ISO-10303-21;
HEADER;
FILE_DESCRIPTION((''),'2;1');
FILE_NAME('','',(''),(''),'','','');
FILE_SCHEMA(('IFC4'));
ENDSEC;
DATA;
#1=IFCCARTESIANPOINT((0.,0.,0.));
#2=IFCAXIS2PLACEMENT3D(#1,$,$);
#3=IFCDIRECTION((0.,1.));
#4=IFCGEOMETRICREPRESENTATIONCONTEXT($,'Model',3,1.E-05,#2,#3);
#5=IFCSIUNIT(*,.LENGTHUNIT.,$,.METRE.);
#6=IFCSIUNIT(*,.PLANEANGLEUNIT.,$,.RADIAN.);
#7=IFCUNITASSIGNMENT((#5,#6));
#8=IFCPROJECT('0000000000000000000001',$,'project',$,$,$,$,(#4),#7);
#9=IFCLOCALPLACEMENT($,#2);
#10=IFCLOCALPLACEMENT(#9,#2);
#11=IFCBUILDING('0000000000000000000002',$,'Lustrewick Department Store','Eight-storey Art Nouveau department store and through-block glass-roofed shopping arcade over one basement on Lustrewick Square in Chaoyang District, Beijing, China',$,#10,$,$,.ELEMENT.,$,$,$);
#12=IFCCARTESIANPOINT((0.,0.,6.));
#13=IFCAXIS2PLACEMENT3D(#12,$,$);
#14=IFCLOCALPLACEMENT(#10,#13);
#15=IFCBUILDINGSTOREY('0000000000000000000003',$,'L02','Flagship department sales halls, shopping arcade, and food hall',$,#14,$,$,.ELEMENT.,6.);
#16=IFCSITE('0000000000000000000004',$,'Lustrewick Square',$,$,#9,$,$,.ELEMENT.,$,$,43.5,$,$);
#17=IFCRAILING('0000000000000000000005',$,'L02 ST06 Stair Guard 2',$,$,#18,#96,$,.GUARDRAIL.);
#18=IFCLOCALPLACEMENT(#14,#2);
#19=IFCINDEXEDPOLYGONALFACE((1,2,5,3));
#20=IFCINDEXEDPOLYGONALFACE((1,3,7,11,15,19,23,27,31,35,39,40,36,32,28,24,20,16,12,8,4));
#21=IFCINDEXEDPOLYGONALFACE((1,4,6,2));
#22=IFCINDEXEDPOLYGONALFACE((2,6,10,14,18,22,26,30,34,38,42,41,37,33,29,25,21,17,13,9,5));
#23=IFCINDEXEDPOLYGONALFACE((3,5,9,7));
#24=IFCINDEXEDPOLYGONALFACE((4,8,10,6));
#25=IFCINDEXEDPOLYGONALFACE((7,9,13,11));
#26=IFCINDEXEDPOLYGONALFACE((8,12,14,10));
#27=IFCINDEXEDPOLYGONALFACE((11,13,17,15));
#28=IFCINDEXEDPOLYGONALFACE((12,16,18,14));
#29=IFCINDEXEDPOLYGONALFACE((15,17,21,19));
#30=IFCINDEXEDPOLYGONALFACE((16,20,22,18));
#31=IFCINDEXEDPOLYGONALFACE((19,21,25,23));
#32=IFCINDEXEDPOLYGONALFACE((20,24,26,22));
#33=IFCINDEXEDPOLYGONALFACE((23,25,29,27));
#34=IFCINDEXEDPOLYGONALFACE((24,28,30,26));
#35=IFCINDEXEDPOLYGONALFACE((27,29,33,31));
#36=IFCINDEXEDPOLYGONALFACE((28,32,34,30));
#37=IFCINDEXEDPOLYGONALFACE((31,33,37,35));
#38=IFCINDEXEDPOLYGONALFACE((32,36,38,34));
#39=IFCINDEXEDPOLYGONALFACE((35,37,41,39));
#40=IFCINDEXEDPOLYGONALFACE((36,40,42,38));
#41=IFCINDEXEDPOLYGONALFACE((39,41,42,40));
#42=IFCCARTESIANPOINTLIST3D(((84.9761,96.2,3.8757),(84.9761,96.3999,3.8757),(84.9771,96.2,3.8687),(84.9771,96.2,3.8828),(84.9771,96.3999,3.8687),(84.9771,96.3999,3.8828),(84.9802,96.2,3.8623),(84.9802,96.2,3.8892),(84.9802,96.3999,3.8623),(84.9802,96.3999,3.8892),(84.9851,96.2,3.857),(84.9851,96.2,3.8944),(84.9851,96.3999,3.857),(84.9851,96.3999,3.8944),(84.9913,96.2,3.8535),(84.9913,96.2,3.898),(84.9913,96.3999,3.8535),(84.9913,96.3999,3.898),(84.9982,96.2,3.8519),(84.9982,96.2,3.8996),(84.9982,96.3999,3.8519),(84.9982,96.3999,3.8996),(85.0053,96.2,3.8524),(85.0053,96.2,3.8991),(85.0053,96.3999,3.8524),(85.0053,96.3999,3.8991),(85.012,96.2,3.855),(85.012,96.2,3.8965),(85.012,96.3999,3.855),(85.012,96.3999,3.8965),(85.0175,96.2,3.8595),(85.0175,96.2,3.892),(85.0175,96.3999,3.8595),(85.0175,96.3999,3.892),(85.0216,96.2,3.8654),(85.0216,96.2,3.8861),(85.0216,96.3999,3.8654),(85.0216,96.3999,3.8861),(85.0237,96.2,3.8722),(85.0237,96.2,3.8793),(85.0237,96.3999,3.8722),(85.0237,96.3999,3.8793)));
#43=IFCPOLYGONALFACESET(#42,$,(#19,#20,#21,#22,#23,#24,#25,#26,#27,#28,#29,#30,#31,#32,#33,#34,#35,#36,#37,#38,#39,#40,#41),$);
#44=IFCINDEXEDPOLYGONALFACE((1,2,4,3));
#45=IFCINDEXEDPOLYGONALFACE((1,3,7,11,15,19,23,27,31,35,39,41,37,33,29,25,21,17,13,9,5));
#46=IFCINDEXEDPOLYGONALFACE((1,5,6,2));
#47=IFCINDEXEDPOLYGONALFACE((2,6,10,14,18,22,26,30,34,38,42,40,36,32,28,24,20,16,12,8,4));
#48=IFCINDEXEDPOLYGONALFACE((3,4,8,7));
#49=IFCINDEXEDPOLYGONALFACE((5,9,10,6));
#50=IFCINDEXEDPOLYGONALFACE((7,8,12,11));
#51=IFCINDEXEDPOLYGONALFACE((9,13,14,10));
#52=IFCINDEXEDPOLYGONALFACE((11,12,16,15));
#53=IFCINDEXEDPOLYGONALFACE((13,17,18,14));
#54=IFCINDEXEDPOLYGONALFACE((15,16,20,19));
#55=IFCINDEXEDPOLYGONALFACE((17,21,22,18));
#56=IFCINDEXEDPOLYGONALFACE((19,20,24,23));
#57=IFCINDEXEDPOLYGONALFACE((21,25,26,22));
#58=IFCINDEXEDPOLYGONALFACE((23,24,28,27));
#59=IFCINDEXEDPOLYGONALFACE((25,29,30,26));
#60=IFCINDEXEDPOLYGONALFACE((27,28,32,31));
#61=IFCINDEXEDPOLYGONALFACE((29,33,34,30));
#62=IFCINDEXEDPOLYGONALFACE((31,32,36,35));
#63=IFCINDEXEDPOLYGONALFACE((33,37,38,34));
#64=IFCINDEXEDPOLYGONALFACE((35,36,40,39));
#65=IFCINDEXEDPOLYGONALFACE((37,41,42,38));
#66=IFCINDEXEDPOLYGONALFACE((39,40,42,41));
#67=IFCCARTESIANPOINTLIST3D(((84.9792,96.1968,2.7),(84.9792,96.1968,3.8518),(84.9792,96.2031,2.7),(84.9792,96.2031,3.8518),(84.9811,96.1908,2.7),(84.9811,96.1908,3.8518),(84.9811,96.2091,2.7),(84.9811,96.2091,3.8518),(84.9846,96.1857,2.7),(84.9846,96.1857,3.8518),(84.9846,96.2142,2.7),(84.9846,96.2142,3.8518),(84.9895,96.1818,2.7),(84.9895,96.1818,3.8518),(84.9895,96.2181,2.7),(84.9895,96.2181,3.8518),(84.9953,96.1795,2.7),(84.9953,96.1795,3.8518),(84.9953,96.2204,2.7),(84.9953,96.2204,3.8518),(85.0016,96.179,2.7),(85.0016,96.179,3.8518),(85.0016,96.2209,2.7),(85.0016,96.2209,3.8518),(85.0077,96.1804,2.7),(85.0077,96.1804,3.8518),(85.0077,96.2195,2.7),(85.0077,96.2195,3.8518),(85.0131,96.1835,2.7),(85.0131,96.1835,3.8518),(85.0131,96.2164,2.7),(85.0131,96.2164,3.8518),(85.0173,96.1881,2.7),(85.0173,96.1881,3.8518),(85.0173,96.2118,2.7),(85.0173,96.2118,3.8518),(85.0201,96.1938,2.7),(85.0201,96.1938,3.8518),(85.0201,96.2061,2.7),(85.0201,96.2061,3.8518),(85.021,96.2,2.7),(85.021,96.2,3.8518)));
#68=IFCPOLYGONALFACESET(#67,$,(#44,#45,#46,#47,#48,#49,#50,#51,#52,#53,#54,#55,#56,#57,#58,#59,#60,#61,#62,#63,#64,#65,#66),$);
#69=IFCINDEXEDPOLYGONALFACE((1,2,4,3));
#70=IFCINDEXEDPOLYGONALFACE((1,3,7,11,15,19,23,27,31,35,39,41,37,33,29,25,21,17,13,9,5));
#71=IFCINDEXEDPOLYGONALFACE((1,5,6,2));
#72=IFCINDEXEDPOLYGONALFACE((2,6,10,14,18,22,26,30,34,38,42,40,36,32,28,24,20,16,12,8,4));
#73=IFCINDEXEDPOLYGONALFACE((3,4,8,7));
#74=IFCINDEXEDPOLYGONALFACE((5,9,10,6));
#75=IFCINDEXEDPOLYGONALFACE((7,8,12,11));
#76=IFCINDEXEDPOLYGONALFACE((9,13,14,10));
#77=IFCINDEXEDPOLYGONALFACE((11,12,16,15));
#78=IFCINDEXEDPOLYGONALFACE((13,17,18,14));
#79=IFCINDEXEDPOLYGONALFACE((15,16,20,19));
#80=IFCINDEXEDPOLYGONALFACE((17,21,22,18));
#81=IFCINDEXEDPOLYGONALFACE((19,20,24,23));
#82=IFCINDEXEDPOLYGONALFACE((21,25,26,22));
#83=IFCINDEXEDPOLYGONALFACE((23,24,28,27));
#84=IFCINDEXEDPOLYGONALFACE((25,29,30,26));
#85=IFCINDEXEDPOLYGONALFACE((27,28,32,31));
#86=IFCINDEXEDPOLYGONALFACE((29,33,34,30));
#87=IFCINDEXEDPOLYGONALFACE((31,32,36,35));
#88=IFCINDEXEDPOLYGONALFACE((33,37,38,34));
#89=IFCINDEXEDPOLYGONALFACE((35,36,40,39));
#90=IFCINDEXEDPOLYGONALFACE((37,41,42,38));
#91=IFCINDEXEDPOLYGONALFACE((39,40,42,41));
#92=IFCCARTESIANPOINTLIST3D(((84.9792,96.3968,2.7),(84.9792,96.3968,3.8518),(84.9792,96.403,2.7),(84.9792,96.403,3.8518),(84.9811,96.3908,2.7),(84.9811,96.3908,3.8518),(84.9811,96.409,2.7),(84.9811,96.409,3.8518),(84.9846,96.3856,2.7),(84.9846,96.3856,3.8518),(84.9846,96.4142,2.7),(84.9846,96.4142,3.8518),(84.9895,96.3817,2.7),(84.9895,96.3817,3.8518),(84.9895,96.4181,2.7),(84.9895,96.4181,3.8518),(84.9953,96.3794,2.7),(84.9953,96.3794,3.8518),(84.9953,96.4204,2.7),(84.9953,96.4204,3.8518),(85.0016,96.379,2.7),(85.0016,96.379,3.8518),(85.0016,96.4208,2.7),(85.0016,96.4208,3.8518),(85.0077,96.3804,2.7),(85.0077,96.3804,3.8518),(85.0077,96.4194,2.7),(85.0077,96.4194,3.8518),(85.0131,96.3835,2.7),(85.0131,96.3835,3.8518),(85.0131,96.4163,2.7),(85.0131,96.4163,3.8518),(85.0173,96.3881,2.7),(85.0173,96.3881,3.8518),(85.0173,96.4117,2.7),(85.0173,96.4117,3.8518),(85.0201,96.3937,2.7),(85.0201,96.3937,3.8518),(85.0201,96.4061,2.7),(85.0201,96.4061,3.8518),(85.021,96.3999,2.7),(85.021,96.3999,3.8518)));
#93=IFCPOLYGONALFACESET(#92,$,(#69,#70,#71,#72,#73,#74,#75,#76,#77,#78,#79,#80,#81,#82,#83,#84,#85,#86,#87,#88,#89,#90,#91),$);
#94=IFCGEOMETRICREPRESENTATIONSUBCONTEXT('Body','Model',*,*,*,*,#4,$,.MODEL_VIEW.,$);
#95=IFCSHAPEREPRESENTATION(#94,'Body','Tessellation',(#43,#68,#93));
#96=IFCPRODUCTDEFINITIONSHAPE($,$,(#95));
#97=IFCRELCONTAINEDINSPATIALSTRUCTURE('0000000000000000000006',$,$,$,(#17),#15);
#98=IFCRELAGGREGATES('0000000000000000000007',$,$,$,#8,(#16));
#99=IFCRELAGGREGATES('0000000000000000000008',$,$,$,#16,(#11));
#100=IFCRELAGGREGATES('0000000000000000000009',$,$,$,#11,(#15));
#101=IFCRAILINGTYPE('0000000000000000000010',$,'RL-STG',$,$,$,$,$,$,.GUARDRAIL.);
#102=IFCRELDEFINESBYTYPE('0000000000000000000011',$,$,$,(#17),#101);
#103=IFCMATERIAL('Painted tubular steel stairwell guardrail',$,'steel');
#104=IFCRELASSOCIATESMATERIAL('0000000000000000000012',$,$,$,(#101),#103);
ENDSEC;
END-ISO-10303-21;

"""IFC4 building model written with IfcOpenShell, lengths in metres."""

from ifc_helpers import new_model, si_unit, direction, frame, origin, origin_2d, place, context, subcontext, project, spatial, circle, extrude, material, type_object, element, save


model = new_model("IFC4")

# Units and contexts
model_context = context("Model", 3, precision=1e-05, world=origin(), true_north=direction((0.0, 1.0)))
body_context = subcontext(model_context, "Body", "Model", "MODEL_VIEW")
ifc_project = project(units=[si_unit("LENGTHUNIT", "METRE"), si_unit("PLANEANGLEUNIT", "RADIAN")], contexts=[model_context])

# Site, building, storey
site_placement = place(None, origin())
site = spatial("IfcSite", under=ifc_project, at=site_placement, Name="Lustrewick Square", CompositionType="ELEMENT", RefElevation=43.5)
building_placement = place(site_placement, origin())
building = spatial("IfcBuilding", under=site, at=building_placement, Name="Lustrewick Department Store", Description="Eight-storey Art Nouveau department store and through-block glass-roofed shopping arcade over one basement on Lustrewick Square in Chaoyang District, Beijing, China", CompositionType="ELEMENT")
storey_placement = place(building_placement, frame((0.0, 0.0, 6.0)))
storey = spatial("IfcBuildingStorey", under=building, at=storey_placement, Name="L02", Description="Flagship department sales halls, shopping arcade, and food hall", CompositionType="ELEMENT", Elevation=6.0)

# Railing
ifc_material_1 = material(Name="Painted tubular steel stairwell guardrail", Category="steel")
railing_type_1 = type_object("IfcRailingType", Name="RL-STG", PredefinedType="GUARDRAIL", material=ifc_material_1)
railing_1_placement = place(storey_placement, frame((85.0, 96.2, 2.7)))
element("IfcRailing", 1, at=railing_1_placement, inside=storey, type_object=railing_type_1, Name="L02 ST06 Stair Guard 2", PredefinedType="GUARDRAIL", context=body_context, shape_type="SweptSolid", body=[
    extrude(circle(Radius=0.0239, at=origin_2d()), frame((0.0, 0.0, 1.1758), z_axis=(0.0, 1.0, 0.0), x_axis=(-1.0, 0.0, 0.0)), (0.0, 0.0, 1.0), 0.2),
    extrude(circle(Radius=0.021, at=origin_2d()), origin(), (0.0, 0.0, 1.0), 1.1519),
    extrude(circle(Radius=0.021, at=origin_2d()), frame((0.0, 0.2, 0.0)), (0.0, 0.0, 1.0), 1.1519),
])

save(model, "model.ifc")
